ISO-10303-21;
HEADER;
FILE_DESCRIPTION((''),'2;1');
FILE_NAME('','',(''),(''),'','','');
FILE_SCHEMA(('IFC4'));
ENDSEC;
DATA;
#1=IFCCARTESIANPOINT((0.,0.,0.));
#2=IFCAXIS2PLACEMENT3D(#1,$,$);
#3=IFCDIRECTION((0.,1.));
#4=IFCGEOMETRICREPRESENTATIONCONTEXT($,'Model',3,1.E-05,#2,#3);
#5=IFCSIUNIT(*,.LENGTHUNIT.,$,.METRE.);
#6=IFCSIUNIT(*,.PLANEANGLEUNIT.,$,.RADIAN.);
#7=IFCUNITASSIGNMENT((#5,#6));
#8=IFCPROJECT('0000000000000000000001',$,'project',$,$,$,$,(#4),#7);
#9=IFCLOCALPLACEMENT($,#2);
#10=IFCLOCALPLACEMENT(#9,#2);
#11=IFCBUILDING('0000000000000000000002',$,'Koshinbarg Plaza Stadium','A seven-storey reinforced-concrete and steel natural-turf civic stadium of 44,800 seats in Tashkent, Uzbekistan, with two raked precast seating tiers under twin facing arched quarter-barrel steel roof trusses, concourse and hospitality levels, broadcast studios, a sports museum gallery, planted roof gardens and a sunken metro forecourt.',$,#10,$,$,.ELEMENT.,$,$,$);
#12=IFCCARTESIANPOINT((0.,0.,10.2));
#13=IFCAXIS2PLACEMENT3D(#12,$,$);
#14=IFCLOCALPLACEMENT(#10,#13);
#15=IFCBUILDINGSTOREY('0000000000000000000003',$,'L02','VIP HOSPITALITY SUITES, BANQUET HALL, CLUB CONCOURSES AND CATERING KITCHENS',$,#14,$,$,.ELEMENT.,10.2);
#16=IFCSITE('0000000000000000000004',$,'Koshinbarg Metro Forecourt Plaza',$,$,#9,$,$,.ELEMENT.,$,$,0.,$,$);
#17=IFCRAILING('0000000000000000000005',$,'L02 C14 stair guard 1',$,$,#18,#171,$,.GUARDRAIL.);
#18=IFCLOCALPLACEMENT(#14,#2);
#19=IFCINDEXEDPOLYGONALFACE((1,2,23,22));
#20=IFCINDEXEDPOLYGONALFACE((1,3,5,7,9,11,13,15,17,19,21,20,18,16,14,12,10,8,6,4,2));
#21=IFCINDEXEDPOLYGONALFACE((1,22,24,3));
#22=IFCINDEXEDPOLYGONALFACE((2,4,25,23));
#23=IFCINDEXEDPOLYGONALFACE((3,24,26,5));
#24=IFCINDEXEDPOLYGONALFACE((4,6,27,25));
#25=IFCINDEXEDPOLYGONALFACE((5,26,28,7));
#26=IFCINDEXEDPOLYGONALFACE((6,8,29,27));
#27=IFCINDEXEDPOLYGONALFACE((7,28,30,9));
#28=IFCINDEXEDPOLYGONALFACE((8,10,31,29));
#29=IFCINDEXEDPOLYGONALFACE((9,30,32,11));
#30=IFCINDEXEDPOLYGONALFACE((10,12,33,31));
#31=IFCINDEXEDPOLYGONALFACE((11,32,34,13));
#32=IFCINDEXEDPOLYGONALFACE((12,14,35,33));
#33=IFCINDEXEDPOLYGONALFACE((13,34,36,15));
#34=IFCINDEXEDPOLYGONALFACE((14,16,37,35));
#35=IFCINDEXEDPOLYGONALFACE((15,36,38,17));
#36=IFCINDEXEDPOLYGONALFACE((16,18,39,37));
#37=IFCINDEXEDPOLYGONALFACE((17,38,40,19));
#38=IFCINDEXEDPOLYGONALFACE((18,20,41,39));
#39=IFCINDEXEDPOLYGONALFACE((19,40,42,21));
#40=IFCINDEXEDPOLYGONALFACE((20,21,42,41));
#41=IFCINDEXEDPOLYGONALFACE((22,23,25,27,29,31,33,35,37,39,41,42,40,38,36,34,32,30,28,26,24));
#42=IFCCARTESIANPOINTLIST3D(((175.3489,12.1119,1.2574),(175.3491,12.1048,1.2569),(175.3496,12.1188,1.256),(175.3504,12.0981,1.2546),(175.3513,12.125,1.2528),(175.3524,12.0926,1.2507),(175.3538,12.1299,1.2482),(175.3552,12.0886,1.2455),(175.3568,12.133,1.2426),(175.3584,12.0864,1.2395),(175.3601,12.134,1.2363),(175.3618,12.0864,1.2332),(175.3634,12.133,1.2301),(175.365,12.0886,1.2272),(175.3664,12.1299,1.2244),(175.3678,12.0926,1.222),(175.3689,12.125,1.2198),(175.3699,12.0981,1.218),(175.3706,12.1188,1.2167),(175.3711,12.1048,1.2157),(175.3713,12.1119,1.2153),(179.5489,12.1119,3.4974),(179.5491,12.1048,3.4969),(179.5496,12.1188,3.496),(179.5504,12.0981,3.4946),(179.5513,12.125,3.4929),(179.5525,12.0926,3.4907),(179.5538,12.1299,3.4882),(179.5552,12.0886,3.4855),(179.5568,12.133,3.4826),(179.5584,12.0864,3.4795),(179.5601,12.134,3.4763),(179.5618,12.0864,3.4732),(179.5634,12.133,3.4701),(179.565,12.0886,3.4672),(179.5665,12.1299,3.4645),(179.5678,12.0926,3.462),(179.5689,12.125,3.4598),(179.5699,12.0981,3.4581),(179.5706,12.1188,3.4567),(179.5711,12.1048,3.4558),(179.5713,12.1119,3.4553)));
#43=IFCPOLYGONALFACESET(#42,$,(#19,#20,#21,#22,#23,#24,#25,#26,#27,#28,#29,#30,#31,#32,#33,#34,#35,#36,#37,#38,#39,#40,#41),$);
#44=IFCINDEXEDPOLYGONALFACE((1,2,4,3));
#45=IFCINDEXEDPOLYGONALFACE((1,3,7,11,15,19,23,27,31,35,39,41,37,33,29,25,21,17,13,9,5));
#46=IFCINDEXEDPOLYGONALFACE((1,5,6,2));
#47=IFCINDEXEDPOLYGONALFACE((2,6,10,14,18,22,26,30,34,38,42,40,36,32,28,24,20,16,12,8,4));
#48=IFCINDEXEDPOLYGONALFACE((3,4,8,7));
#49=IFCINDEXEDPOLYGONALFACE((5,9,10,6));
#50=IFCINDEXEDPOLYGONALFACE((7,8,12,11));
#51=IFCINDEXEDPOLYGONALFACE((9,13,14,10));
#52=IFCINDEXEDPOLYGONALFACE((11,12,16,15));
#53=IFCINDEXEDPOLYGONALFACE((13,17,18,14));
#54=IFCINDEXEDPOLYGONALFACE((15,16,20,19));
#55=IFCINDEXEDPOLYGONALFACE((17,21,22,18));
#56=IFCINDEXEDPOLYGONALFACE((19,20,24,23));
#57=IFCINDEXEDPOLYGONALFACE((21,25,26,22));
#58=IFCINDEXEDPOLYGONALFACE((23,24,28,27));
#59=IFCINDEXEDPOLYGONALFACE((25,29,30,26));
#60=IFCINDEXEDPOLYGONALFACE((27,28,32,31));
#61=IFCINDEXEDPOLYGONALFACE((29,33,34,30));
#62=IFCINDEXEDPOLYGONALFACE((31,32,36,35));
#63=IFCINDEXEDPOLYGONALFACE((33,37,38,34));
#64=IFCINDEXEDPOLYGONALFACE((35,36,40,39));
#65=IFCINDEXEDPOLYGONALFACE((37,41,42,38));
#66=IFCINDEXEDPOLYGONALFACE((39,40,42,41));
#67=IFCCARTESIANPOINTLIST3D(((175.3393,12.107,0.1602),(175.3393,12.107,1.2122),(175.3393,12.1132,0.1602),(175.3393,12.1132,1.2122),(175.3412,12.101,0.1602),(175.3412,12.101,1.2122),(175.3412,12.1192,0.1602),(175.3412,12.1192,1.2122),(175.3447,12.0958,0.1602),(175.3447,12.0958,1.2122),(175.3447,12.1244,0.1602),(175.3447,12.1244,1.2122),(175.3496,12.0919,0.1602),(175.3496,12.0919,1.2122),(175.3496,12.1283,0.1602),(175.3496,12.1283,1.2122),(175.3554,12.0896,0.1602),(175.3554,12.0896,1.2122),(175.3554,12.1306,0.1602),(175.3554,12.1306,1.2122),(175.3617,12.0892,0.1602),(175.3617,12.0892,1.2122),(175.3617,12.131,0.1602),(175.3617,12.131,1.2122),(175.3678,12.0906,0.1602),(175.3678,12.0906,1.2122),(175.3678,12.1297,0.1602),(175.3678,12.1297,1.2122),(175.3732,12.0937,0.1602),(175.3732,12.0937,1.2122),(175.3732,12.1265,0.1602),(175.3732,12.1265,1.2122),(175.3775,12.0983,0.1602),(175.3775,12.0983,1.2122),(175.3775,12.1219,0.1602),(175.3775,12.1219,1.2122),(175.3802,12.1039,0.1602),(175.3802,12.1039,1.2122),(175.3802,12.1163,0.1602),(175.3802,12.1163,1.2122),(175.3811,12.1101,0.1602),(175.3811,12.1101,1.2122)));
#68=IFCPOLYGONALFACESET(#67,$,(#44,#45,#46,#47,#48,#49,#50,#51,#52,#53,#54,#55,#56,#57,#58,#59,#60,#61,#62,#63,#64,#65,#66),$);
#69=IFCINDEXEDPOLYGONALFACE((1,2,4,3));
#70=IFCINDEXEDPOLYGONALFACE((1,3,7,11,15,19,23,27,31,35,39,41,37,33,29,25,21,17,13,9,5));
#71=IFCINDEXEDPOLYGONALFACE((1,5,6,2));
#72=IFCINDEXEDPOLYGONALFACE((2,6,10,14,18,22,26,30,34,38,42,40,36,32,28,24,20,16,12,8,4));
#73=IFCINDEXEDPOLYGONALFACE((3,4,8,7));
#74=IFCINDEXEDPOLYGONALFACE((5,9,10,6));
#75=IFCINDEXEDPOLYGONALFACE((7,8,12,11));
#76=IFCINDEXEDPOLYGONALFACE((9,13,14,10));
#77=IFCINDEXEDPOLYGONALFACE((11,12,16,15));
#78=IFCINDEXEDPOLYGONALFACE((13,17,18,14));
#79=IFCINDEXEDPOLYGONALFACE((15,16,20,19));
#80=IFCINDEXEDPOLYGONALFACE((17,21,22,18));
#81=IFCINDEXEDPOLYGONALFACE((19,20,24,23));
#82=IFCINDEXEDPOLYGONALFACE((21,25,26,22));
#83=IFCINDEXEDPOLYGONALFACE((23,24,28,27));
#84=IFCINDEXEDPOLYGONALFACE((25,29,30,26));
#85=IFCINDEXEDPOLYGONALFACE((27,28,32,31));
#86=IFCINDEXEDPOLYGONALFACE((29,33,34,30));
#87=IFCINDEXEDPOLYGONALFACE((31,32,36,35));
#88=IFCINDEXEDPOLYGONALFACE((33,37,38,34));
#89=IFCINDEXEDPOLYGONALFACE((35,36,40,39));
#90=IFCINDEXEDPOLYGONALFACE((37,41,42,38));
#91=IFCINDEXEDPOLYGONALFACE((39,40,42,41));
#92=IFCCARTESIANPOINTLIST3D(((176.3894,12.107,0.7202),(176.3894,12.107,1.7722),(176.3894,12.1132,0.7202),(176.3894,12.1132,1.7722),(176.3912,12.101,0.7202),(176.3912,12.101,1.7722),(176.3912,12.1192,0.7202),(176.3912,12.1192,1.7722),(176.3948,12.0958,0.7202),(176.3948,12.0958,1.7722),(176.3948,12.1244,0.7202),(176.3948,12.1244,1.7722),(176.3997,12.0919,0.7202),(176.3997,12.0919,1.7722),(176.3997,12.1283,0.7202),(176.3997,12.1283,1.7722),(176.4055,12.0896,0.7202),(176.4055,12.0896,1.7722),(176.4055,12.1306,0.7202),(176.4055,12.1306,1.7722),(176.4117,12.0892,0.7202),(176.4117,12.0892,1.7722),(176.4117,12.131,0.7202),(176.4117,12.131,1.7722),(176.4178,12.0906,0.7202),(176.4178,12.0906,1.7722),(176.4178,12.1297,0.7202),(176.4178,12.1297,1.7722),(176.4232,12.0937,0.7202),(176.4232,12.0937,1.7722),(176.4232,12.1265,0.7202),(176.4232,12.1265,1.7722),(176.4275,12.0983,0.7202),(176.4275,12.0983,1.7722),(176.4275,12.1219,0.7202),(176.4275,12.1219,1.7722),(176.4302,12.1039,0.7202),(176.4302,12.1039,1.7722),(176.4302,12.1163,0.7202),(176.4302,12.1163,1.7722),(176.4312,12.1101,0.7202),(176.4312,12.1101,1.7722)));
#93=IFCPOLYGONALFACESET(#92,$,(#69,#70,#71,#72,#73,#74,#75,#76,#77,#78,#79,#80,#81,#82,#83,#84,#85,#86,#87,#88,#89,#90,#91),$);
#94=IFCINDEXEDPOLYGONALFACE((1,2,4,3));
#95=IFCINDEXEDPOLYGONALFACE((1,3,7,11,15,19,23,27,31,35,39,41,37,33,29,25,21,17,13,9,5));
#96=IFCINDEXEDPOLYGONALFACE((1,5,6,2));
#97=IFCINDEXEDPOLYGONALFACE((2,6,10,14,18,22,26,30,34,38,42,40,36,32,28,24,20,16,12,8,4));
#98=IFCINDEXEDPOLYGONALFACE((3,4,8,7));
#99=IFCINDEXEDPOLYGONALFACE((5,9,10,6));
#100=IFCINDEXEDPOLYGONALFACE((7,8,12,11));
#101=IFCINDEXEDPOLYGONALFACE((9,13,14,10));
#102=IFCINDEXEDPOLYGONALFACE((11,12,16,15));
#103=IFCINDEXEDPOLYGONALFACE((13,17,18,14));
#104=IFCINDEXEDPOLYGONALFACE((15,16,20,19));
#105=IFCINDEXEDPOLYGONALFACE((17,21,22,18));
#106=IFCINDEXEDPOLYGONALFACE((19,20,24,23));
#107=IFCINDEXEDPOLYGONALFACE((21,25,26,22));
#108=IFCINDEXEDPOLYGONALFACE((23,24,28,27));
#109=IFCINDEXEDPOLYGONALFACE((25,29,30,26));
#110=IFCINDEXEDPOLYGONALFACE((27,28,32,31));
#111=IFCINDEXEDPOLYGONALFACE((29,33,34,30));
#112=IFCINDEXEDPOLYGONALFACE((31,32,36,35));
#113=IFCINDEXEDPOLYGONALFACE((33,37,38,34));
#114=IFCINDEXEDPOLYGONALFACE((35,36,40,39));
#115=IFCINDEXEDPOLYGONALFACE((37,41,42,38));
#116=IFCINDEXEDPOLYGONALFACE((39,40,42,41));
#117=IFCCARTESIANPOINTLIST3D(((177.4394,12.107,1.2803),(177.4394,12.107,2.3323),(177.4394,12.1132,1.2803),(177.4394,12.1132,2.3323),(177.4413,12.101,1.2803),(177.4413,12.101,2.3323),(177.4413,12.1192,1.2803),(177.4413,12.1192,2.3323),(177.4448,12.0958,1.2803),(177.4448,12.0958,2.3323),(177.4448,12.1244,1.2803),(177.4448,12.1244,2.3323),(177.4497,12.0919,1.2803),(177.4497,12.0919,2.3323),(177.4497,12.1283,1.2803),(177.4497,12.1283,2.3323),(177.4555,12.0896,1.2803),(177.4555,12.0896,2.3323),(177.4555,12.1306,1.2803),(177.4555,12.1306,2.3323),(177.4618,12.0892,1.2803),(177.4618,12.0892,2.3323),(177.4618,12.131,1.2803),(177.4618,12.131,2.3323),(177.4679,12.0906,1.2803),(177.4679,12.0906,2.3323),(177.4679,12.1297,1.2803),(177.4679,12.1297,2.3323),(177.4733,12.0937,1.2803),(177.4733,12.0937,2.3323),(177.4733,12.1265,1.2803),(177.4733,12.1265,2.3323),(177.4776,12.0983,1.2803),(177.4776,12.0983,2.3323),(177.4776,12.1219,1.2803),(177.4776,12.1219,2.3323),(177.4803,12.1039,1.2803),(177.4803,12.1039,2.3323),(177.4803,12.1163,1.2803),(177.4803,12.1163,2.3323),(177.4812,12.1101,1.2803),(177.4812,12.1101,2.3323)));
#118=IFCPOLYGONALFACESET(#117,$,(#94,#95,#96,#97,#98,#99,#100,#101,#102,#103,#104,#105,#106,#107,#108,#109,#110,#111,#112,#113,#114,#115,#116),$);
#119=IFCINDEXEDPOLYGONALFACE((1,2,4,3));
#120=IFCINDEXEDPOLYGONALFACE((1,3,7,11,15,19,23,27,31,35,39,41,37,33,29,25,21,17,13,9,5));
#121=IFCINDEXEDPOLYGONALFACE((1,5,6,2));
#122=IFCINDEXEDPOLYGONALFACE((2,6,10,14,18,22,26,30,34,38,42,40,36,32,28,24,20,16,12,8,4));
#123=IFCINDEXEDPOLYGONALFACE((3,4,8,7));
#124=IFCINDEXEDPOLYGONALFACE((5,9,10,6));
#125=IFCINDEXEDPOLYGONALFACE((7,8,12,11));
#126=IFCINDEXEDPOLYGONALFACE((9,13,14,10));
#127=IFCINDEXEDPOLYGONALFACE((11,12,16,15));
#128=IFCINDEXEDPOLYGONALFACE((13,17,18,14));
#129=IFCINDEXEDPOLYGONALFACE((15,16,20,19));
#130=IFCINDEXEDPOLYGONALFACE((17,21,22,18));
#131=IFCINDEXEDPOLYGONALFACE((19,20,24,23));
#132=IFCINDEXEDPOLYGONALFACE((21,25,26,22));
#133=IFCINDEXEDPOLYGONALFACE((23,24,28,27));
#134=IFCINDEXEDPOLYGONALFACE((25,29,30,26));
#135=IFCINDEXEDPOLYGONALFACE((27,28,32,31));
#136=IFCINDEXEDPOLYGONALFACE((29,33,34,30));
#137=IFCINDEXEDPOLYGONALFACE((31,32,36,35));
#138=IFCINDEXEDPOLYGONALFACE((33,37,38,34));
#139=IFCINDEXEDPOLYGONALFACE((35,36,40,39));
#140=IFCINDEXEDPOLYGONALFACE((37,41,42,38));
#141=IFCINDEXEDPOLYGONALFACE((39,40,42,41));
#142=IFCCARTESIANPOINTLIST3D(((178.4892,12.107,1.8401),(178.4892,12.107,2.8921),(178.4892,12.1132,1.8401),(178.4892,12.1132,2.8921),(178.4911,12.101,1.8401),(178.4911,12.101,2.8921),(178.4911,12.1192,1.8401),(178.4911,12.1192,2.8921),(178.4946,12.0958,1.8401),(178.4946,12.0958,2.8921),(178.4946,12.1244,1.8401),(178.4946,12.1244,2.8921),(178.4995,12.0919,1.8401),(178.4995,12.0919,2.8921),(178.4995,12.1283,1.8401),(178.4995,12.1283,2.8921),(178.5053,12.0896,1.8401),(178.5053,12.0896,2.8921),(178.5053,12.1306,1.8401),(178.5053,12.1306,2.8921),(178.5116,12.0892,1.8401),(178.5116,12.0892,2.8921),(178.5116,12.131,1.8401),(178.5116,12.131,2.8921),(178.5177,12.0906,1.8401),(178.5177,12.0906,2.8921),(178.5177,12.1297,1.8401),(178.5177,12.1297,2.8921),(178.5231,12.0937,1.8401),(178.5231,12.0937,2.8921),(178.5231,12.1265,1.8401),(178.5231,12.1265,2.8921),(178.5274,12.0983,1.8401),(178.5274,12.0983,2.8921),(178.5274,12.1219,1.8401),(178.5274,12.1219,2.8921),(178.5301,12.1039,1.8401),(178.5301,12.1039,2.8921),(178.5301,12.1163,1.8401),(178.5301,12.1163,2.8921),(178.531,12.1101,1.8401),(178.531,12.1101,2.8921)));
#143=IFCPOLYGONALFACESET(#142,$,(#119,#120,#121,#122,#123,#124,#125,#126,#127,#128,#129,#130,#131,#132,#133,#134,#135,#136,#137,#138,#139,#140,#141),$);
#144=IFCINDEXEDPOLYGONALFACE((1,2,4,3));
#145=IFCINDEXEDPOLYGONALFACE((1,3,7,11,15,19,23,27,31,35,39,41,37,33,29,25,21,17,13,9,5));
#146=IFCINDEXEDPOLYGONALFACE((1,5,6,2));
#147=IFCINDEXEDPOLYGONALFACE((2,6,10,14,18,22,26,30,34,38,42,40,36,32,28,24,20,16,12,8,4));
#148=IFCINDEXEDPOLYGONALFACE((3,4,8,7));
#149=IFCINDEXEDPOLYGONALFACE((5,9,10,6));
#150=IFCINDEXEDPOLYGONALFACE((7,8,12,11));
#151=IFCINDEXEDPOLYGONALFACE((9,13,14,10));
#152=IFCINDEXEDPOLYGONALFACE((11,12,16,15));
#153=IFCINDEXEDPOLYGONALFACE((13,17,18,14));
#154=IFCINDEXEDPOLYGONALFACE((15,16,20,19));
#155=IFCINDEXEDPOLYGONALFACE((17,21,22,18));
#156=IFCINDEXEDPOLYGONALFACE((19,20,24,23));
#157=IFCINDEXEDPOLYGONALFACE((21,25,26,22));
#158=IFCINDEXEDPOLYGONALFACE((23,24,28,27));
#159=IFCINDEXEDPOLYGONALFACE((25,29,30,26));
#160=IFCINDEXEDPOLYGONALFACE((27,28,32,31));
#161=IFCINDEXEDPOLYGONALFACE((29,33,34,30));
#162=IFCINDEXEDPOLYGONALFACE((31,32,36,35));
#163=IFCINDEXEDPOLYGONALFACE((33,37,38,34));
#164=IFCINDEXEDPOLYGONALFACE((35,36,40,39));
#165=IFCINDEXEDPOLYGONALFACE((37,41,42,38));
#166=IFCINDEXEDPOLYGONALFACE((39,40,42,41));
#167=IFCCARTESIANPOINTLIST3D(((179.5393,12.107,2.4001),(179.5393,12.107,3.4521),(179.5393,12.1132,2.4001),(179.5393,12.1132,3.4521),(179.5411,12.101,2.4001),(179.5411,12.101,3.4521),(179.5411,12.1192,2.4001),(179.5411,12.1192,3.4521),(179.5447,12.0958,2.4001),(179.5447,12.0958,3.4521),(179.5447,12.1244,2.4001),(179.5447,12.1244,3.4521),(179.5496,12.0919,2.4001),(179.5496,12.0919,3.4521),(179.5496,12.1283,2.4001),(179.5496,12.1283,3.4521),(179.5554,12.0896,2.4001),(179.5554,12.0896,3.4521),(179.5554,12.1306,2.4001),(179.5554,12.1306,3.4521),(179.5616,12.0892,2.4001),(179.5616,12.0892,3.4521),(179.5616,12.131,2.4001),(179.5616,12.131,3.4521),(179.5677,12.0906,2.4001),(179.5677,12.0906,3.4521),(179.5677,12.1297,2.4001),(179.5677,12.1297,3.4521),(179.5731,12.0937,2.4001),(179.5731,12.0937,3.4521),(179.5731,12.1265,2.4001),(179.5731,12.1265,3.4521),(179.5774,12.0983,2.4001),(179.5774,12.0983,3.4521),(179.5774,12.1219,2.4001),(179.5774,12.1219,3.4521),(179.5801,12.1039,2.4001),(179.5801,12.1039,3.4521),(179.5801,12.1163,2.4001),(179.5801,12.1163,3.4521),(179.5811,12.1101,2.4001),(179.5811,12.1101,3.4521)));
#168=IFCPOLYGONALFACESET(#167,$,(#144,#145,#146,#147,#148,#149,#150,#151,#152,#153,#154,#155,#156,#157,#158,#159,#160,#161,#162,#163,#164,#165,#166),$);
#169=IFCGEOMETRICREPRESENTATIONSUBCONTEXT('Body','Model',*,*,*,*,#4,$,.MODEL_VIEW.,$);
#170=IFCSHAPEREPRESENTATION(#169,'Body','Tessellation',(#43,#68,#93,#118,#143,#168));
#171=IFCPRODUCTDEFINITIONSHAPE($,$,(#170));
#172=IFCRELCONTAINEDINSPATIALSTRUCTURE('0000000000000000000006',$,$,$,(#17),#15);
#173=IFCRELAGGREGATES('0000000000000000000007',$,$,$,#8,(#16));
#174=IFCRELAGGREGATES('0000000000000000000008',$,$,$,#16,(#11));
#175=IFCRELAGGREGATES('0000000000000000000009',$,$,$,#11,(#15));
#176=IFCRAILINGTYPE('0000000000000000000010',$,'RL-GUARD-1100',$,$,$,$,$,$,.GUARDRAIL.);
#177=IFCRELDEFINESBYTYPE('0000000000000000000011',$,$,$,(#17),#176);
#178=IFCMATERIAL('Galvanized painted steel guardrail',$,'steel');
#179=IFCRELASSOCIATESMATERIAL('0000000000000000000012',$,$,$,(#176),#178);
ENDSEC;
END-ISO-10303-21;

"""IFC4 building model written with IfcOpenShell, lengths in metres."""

from ifc_helpers import new_model, si_unit, direction, frame, origin, origin_2d, place, context, subcontext, project, spatial, circle, extrude, material, type_object, element, save


model = new_model("IFC4")

# Units and contexts
model_context = context("Model", 3, precision=1e-05, world=origin(), true_north=direction((0.0, 1.0)))
body_context = subcontext(model_context, "Body", "Model", "MODEL_VIEW")
ifc_project = project(units=[si_unit("LENGTHUNIT", "METRE"), si_unit("PLANEANGLEUNIT", "RADIAN")], contexts=[model_context])

# Site, building, storey
site_placement = place(None, origin())
site = spatial("IfcSite", under=ifc_project, at=site_placement, Name="Koshinbarg Metro Forecourt Plaza", CompositionType="ELEMENT", RefElevation=0.0)
building_placement = place(site_placement, origin())
building = spatial("IfcBuilding", under=site, at=building_placement, Name="Koshinbarg Plaza Stadium", Description="A seven-storey reinforced-concrete and steel natural-turf civic stadium of 44,800 seats in Tashkent, Uzbekistan, with two raked precast seating tiers under twin facing arched quarter-barrel steel roof trusses, concourse and hospitality levels, broadcast studios, a sports museum gallery, planted roof gardens and a sunken metro forecourt.", CompositionType="ELEMENT")
storey_placement = place(building_placement, frame((0.0, 0.0, 10.2)))
storey = spatial("IfcBuildingStorey", under=building, at=storey_placement, Name="L02", Description="VIP HOSPITALITY SUITES, BANQUET HALL, CLUB CONCOURSES AND CATERING KITCHENS", CompositionType="ELEMENT", Elevation=10.2)

# Railing
ifc_material_1 = material(Name="Galvanized painted steel guardrail", Category="steel")
railing_type_1 = type_object("IfcRailingType", Name="RL-GUARD-1100", PredefinedType="GUARDRAIL", material=ifc_material_1)
railing_1_placement = place(storey_placement, frame((175.3601, 12.1101, 0.1602)))
element("IfcRailing", 1, at=railing_1_placement, inside=storey, type_object=railing_type_1, Name="L02 C14 stair guard 1", PredefinedType="GUARDRAIL", context=body_context, shape_type="SweptSolid", body=[
    extrude(circle(Radius=0.0239, at=origin_2d()), frame((0.0, 0.0, 1.0762), z_axis=(0.882352, 0.0, 0.470591), x_axis=(0.0, 1.0, 0.0)), (0.0, 0.0, 1.0), 4.76),
    extrude(circle(Radius=0.021, at=origin_2d()), origin(), (0.0, 0.0, 1.0), 1.052),
    extrude(circle(Radius=0.021, at=origin_2d()), frame((1.05, 0.0, 0.5601)), (0.0, 0.0, 1.0), 1.052),
    extrude(circle(Radius=0.021, at=origin_2d()), frame((2.1001, 0.0, 1.1201)), (0.0, 0.0, 1.0), 1.052),
    extrude(circle(Radius=0.021, at=origin_2d()), frame((3.1499, 0.0, 1.6799)), (0.0, 0.0, 1.0), 1.052),
    extrude(circle(Radius=0.021, at=origin_2d()), frame((4.2, 0.0, 2.24)), (0.0, 0.0, 1.0), 1.052),
])

save(model, "model.ifc")
